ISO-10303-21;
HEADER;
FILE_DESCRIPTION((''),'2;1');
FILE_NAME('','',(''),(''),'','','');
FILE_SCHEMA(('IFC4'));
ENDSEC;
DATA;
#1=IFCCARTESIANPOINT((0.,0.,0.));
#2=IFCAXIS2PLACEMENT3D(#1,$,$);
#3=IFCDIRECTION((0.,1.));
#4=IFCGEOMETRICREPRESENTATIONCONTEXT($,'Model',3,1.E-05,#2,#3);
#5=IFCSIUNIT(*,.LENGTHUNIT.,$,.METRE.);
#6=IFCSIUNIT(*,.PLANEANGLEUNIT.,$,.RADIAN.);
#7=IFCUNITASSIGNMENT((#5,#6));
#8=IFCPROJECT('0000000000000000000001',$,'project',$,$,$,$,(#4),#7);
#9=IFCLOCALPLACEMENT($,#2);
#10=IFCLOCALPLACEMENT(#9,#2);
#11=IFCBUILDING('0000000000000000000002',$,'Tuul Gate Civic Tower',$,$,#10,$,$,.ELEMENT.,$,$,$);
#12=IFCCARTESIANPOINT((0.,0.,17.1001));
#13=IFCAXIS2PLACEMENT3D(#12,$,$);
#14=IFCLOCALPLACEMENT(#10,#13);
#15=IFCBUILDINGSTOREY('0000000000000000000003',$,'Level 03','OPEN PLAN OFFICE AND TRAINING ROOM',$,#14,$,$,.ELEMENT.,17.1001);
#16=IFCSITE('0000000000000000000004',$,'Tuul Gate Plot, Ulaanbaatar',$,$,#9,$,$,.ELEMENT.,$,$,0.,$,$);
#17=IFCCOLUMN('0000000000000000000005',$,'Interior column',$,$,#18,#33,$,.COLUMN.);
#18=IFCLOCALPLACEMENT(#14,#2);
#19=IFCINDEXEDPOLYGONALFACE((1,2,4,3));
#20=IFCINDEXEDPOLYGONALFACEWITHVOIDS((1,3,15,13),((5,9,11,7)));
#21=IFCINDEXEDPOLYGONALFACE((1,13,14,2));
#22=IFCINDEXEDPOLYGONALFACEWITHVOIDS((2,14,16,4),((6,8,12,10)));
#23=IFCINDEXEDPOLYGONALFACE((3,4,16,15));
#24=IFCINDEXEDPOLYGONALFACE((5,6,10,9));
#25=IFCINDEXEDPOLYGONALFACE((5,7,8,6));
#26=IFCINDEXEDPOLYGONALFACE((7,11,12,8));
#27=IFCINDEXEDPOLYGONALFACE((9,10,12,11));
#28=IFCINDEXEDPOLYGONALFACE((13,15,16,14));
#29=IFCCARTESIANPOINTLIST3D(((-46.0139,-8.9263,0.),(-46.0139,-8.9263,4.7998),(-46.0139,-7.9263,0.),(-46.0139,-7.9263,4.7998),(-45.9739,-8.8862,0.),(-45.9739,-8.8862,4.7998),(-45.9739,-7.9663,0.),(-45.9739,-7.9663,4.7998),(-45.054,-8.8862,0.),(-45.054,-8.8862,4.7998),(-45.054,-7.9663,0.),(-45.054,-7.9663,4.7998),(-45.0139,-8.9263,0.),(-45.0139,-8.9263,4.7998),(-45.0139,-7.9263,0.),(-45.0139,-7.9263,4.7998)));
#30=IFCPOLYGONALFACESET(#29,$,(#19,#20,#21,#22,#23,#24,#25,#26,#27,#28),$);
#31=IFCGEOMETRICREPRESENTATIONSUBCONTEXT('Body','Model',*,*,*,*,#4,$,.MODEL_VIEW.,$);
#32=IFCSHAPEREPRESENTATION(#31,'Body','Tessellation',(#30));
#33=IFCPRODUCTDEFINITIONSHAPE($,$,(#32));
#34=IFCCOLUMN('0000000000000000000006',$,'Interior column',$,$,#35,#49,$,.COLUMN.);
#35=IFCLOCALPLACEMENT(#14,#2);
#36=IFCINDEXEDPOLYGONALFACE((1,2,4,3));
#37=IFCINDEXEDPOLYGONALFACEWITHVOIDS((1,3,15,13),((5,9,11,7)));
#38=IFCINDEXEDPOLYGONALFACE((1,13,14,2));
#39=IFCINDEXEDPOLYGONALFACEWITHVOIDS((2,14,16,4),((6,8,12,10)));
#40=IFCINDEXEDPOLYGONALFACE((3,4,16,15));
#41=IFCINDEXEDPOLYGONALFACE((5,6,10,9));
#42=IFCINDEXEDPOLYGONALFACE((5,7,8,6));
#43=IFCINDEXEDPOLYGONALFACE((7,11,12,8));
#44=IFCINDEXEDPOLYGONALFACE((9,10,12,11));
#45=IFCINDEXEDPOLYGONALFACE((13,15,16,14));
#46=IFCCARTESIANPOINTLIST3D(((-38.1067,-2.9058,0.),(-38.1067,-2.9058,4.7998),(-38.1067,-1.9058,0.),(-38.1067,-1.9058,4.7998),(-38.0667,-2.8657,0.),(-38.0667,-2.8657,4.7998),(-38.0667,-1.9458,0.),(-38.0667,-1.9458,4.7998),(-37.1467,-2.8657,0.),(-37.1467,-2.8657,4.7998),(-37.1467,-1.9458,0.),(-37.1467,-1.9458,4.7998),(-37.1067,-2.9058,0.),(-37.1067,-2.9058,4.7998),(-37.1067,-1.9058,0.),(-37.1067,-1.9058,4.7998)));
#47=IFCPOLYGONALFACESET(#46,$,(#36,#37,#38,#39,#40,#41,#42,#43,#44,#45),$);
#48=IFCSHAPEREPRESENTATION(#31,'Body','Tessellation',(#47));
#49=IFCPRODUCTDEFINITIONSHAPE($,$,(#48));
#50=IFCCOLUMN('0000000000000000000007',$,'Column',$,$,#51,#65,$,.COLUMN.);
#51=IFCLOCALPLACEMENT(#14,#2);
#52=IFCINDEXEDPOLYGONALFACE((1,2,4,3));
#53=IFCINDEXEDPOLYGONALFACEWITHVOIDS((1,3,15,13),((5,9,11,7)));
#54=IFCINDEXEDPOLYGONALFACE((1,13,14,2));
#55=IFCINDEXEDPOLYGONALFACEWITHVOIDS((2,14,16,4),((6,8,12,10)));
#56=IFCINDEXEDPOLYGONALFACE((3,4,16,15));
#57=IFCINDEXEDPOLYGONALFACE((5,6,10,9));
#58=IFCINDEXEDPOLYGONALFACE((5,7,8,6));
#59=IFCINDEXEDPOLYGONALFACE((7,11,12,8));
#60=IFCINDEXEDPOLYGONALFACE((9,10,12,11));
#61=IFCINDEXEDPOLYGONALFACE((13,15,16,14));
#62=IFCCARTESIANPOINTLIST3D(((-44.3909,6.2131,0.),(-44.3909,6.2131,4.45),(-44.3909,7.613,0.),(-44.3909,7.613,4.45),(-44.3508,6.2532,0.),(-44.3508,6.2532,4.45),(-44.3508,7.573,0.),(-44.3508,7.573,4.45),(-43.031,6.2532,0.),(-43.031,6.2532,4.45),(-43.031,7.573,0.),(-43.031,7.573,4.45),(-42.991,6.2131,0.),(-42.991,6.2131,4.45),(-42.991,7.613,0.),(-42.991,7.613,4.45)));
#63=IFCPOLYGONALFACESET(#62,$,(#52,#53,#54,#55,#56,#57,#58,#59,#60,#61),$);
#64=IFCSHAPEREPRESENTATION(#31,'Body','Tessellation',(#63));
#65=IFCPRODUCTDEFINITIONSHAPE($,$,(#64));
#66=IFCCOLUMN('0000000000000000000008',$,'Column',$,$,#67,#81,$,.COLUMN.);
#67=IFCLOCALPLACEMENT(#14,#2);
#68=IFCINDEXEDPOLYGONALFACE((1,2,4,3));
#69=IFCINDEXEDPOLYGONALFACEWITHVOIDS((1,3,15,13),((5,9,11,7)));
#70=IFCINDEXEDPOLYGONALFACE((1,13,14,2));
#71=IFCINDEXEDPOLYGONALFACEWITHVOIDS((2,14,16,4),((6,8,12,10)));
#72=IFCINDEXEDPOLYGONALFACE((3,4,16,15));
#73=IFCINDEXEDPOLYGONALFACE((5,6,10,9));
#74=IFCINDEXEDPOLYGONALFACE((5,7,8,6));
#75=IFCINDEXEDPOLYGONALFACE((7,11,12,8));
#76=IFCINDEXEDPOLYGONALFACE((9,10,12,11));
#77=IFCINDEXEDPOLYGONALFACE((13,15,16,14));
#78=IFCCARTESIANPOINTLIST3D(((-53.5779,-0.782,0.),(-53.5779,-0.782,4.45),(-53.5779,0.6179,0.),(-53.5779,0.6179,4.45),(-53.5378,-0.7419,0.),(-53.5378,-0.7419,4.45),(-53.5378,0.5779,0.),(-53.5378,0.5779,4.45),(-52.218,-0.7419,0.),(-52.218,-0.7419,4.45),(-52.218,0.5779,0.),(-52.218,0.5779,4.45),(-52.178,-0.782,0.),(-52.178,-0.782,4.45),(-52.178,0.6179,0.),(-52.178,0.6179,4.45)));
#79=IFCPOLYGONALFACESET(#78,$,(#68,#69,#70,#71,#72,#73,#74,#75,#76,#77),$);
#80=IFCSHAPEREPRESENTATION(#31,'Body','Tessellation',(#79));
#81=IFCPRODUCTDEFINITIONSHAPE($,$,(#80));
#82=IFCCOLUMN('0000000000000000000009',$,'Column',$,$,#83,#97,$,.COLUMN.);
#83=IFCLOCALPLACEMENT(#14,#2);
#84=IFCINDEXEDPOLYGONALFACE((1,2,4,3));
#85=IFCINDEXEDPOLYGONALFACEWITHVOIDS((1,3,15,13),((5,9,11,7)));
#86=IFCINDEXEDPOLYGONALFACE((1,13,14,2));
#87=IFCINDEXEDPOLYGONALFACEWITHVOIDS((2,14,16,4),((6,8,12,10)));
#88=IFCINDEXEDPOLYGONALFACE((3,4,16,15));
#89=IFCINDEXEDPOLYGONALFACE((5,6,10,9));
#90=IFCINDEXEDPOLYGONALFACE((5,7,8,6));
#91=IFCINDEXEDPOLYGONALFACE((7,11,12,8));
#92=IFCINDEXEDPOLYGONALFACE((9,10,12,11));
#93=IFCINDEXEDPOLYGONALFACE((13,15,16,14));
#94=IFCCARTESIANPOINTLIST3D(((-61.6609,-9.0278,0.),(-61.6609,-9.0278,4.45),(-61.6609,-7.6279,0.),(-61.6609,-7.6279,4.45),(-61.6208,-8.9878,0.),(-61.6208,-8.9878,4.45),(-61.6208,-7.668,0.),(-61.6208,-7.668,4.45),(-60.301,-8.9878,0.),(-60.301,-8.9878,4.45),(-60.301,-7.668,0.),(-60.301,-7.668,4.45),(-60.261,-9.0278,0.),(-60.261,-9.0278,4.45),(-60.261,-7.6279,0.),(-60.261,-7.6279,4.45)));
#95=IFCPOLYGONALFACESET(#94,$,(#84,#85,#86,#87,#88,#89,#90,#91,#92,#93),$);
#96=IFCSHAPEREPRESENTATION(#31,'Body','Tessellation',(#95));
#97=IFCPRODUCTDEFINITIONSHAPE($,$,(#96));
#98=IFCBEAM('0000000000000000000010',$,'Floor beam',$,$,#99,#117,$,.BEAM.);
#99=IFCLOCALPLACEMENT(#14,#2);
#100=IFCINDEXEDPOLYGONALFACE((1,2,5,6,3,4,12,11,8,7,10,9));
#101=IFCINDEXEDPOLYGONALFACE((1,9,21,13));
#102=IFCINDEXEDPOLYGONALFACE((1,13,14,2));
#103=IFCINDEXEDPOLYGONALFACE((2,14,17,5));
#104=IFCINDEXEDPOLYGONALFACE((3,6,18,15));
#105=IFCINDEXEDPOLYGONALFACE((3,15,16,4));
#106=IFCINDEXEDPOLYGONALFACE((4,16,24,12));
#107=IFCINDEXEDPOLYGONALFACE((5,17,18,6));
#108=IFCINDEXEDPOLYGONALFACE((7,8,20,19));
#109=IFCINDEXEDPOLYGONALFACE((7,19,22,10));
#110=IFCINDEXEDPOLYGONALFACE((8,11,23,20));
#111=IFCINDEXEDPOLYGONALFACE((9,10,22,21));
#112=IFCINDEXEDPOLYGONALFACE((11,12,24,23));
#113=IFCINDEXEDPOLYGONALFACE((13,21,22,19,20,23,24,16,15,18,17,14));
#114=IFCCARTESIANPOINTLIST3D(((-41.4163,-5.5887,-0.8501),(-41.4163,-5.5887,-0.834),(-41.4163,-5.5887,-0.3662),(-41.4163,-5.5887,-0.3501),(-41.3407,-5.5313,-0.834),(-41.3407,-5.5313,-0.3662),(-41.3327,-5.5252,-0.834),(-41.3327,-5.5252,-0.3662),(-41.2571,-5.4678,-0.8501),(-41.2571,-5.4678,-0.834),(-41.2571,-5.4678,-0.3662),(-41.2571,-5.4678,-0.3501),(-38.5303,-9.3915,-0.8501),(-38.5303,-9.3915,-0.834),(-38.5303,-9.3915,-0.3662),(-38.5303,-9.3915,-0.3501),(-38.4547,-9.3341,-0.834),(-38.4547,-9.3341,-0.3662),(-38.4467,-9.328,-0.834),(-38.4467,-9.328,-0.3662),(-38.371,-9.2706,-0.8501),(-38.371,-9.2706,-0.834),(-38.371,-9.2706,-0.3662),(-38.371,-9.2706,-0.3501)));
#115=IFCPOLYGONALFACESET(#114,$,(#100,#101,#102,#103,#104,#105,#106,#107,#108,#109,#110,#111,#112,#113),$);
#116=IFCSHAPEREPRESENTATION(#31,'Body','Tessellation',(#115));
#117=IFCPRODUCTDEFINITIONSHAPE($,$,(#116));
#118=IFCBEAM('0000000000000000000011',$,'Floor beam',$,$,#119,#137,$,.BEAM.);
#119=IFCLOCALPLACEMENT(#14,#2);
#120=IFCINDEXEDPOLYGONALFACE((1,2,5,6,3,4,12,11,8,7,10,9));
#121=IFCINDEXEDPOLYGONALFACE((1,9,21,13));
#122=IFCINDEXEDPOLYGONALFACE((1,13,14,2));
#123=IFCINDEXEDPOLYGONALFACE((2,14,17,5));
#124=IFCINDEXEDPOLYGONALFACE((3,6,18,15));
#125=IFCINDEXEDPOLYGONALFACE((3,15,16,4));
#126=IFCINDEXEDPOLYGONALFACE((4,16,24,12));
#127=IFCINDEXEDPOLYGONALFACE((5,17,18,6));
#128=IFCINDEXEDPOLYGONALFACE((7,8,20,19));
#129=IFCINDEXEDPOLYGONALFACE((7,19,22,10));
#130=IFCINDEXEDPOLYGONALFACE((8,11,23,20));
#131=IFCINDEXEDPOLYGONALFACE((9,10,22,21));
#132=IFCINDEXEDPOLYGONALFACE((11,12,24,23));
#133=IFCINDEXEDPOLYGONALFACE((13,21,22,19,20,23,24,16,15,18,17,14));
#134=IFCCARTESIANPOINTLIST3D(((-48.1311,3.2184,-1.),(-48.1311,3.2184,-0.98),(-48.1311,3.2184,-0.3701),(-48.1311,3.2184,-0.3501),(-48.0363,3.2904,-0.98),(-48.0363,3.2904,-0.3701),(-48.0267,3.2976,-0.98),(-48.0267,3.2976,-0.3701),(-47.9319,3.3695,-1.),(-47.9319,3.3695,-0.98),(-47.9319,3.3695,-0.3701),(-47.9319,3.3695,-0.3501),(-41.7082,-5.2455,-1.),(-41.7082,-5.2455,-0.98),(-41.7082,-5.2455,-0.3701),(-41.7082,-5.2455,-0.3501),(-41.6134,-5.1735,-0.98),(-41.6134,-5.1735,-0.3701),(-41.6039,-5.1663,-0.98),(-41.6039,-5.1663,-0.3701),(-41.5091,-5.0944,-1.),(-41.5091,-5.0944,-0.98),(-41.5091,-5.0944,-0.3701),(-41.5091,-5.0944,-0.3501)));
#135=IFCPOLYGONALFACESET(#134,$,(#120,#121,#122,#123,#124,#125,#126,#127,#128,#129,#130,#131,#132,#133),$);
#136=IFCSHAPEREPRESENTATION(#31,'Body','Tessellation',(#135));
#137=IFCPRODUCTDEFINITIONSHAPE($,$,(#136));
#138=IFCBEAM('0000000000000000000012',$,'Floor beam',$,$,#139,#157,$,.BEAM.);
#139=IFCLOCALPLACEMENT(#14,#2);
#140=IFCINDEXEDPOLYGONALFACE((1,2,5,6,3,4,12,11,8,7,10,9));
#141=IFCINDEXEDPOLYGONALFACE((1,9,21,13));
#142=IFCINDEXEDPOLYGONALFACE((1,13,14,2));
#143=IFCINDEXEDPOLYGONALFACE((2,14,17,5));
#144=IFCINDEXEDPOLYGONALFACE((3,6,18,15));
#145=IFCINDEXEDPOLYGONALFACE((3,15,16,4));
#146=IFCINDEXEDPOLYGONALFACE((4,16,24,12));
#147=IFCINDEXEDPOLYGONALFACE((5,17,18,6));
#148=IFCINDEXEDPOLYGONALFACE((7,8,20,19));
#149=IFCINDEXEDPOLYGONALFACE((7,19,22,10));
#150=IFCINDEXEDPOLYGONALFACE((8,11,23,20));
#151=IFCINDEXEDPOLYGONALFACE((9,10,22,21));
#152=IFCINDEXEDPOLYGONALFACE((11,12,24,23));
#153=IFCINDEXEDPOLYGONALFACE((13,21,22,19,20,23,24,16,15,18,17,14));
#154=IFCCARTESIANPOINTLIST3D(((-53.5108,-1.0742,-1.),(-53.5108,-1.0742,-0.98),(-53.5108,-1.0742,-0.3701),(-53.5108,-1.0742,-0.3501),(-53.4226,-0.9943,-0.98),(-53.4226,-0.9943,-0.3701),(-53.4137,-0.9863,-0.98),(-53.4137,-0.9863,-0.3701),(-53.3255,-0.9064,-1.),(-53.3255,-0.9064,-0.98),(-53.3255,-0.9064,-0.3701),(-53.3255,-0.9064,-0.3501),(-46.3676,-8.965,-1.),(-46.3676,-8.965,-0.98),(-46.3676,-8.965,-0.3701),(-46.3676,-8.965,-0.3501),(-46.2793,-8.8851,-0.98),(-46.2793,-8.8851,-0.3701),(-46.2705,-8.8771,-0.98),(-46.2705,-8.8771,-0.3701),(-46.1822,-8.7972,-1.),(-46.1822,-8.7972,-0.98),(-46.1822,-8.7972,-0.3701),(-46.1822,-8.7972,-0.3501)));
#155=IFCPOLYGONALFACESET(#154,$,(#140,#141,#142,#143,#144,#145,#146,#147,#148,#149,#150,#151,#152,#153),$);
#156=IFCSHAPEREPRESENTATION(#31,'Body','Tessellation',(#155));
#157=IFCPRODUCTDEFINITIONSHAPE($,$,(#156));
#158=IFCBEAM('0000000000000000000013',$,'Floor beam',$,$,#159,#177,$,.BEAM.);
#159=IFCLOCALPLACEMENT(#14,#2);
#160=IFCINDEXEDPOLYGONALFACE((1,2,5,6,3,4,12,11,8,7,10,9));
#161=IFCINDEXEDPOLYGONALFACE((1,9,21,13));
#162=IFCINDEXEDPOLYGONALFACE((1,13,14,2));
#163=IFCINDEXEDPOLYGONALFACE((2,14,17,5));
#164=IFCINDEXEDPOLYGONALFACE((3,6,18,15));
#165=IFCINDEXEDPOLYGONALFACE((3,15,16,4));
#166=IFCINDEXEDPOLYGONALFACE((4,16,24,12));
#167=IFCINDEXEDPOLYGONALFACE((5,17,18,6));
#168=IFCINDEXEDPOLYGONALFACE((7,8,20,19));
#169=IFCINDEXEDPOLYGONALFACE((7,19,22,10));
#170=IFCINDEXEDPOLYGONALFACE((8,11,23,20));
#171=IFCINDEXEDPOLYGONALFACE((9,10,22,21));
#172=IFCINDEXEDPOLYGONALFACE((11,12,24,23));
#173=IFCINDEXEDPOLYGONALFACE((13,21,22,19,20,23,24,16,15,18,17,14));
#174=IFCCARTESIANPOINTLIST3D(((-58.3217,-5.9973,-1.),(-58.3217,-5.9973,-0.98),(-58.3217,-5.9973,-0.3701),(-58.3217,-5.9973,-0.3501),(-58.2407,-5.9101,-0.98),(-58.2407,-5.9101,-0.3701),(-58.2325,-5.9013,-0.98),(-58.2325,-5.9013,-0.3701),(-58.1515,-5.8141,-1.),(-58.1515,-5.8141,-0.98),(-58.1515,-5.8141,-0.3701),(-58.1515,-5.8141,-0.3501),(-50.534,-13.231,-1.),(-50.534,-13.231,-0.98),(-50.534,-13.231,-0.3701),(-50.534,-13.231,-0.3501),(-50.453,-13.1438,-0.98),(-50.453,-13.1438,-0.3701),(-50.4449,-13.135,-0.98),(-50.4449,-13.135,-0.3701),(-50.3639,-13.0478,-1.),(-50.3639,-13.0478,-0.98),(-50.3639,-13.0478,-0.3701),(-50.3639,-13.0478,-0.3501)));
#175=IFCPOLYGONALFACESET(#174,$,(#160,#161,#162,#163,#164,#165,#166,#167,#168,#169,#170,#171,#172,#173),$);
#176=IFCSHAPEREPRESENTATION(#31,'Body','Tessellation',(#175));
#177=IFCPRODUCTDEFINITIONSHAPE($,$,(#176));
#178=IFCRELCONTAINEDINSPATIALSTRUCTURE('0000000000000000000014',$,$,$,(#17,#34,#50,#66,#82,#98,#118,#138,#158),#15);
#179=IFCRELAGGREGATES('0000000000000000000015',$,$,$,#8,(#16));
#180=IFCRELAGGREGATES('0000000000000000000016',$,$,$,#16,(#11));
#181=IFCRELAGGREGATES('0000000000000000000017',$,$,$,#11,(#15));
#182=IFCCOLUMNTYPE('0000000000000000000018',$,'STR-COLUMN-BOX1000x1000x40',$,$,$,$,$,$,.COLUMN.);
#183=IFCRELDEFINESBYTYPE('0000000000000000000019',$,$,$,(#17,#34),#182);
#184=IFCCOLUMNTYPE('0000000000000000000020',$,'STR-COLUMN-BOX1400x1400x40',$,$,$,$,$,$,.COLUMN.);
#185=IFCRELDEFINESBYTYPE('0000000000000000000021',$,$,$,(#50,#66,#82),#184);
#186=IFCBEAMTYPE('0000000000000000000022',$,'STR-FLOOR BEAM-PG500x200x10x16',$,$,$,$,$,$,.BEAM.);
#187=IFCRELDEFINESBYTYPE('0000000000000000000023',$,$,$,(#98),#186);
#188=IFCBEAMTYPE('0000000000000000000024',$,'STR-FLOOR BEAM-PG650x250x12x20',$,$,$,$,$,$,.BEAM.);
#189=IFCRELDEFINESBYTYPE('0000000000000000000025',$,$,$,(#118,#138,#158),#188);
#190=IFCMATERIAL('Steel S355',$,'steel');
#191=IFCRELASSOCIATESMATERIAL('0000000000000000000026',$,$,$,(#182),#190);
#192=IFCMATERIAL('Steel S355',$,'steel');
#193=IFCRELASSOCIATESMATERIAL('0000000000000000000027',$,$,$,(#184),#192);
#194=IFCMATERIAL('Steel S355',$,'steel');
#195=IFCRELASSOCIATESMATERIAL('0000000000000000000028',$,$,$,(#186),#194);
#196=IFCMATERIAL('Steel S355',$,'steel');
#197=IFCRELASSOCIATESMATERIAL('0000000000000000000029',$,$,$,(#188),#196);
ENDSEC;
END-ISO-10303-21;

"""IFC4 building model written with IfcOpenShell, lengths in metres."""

from ifc_helpers import new_model, si_unit, direction, frame, origin, origin_2d, place, context, subcontext, project, spatial, hollow_rectangle, i_section, extrude, material, material_profile, profile_set, type_object, element, save


model = new_model("IFC4")

# Units and contexts
model_context = context("Model", 3, precision=1e-05, world=origin(), true_north=direction((0.0, 1.0)))
body_context = subcontext(model_context, "Body", "Model", "MODEL_VIEW")
ifc_project = project(units=[si_unit("LENGTHUNIT", "METRE"), si_unit("PLANEANGLEUNIT", "RADIAN")], contexts=[model_context])

# Site, building, storey
site_placement = place(None, origin())
site = spatial("IfcSite", under=ifc_project, at=site_placement, Name="Tuul Gate Plot, Ulaanbaatar", CompositionType="ELEMENT", RefElevation=0.0)
building_placement = place(site_placement, origin())
building = spatial("IfcBuilding", under=site, at=building_placement, Name="Tuul Gate Civic Tower", CompositionType="ELEMENT")
storey_placement = place(building_placement, frame((0.0, 0.0, 17.1001)))
storey = spatial("IfcBuildingStorey", under=building, at=storey_placement, Name="Level 03", Description="OPEN PLAN OFFICE AND TRAINING ROOM", CompositionType="ELEMENT", Elevation=17.1001)

# Columns
ifc_material_1 = material(Name="Steel S355", Category="steel")
ifc_material_profile_1 = material_profile(ifc_material_1, hollow_rectangle(XDim=1.0, YDim=1.0, WallThickness=0.04, at=origin_2d()), Name="BOX1000x1000x40")
ifc_profile_set_1 = profile_set([ifc_material_profile_1], Name="Steel S355")
column_type_1 = type_object("IfcColumnType", Name="STR-COLUMN-BOX1000x1000x40", PredefinedType="COLUMN", material=ifc_profile_set_1)
for number, where, z_axis, x_axis, name in (
    (1, (-45.5139, -8.4263, 0.0), (0.0, 0.0, 1.0), (1.0, 0.0, 0.0), "Interior column"),
    (2, (-37.6067, -2.4058, 0.0), (0.0, 0.0, 1.0), (1.0, 0.0, 0.0), "Interior column"),
):
    element("IfcColumn", number, at=place(storey_placement, frame(where, z_axis=z_axis, x_axis=x_axis)), inside=storey, type_object=column_type_1, Name=name, PredefinedType="COLUMN", context=body_context, shape_type="SweptSolid", body=[
        extrude(hollow_rectangle(XDim=1.0, YDim=1.0, WallThickness=0.04, at=origin_2d()), origin(), (0.0, 0.0, 1.0), 4.7998),
    ])
ifc_material_2 = material(Name="Steel S355", Category="steel")
ifc_material_profile_2 = material_profile(ifc_material_2, hollow_rectangle(XDim=1.3999, YDim=1.3999, WallThickness=0.04, at=origin_2d()), Name="BOX1400x1400x40")
ifc_profile_set_2 = profile_set([ifc_material_profile_2], Name="Steel S355")
column_type_2 = type_object("IfcColumnType", Name="STR-COLUMN-BOX1400x1400x40", PredefinedType="COLUMN", material=ifc_profile_set_2)
for number, where, z_axis, x_axis, name in (
    (3, (-43.6909, 6.9131, 0.0), (0.0, 0.0, 1.0), (1.0, 0.0, 0.0), "Column"),
    (4, (-52.8779, -0.082, 0.0), (0.0, 0.0, 1.0), (1.0, 0.0, 0.0), "Column"),
    (5, (-60.9609, -8.3279, 0.0), (0.0, 0.0, 1.0), (1.0, 0.0, 0.0), "Column"),
):
    element("IfcColumn", number, at=place(storey_placement, frame(where, z_axis=z_axis, x_axis=x_axis)), inside=storey, type_object=column_type_2, Name=name, PredefinedType="COLUMN", context=body_context, shape_type="SweptSolid", body=[
        extrude(hollow_rectangle(XDim=1.3999, YDim=1.3999, WallThickness=0.04, at=origin_2d()), origin(), (0.0, 0.0, 1.0), 4.45),
    ])

# Beams
ifc_material_3 = material(Name="Steel S355", Category="steel")
ifc_material_profile_3 = material_profile(ifc_material_3, i_section(OverallWidth=0.2, OverallDepth=0.5, WebThickness=0.01, FlangeThickness=0.0161, at=origin_2d()), Name="PG500x200x10x16")
ifc_profile_set_3 = profile_set([ifc_material_profile_3], Name="Steel S355")
beam_type_1 = type_object("IfcBeamType", Name="STR-FLOOR BEAM-PG500x200x10x16", PredefinedType="BEAM", material=ifc_profile_set_3)
beam_1_placement = place(storey_placement, frame((-38.4507, -9.3311, -0.6001), z_axis=(-0.60454, 0.796575, 0.0), x_axis=(-0.796575, -0.60454, 0.0)))
element("IfcBeam", 6, at=beam_1_placement, inside=storey, type_object=beam_type_1, Name="Floor beam", PredefinedType="BEAM", context=body_context, shape_type="SweptSolid", body=[
    extrude(i_section(OverallWidth=0.2, OverallDepth=0.5, WebThickness=0.01, FlangeThickness=0.0161, at=origin_2d()), origin(), (0.0, 0.0, 1.0), 4.7739),
])
ifc_material_4 = material(Name="Steel S355", Category="steel")
ifc_material_profile_4 = material_profile(ifc_material_4, i_section(OverallWidth=0.25, OverallDepth=0.6499, WebThickness=0.012, FlangeThickness=0.02, at=origin_2d()), Name="PG650x250x12x20")
ifc_profile_set_4 = profile_set([ifc_material_profile_4], Name="Steel S355")
beam_type_2 = type_object("IfcBeamType", Name="STR-FLOOR BEAM-PG650x250x12x20", PredefinedType="BEAM", material=ifc_profile_set_4)
beam_2_placement = place(storey_placement, frame((-41.6086, -5.1699, -0.675), z_axis=(-0.604505, 0.796601, 0.0), x_axis=(-0.796601, -0.604505, 0.0)))
element("IfcBeam", 7, at=beam_2_placement, inside=storey, type_object=beam_type_2, Name="Floor beam", PredefinedType="BEAM", context=body_context, shape_type="SweptSolid", body=[
    extrude(i_section(OverallWidth=0.25, OverallDepth=0.6499, WebThickness=0.012, FlangeThickness=0.02, at=origin_2d()), origin(), (0.0, 0.0, 1.0), 10.625),
])
beam_3_placement = place(storey_placement, frame((-46.2749, -8.8811, -0.675), z_axis=(-0.671118, 0.741351, 0.0), x_axis=(-0.741351, -0.671118, 0.0)))
element("IfcBeam", 8, at=beam_3_placement, inside=storey, type_object=beam_type_2, Name="Floor beam", PredefinedType="BEAM", context=body_context, shape_type="SweptSolid", body=[
    extrude(i_section(OverallWidth=0.25, OverallDepth=0.6499, WebThickness=0.012, FlangeThickness=0.02, at=origin_2d()), origin(), (0.0, 0.0, 1.0), 10.6438),
])
beam_4_placement = place(storey_placement, frame((-50.449, -13.1394, -0.675), z_axis=(-0.732685, 0.680567, 0.0), x_axis=(-0.680567, -0.732685, 0.0)))
element("IfcBeam", 9, at=beam_4_placement, inside=storey, type_object=beam_type_2, Name="Floor beam", PredefinedType="BEAM", context=body_context, shape_type="SweptSolid", body=[
    extrude(i_section(OverallWidth=0.25, OverallDepth=0.6499, WebThickness=0.012, FlangeThickness=0.02, at=origin_2d()), origin(), (0.0, 0.0, 1.0), 10.6289),
])

save(model, "model.ifc")
